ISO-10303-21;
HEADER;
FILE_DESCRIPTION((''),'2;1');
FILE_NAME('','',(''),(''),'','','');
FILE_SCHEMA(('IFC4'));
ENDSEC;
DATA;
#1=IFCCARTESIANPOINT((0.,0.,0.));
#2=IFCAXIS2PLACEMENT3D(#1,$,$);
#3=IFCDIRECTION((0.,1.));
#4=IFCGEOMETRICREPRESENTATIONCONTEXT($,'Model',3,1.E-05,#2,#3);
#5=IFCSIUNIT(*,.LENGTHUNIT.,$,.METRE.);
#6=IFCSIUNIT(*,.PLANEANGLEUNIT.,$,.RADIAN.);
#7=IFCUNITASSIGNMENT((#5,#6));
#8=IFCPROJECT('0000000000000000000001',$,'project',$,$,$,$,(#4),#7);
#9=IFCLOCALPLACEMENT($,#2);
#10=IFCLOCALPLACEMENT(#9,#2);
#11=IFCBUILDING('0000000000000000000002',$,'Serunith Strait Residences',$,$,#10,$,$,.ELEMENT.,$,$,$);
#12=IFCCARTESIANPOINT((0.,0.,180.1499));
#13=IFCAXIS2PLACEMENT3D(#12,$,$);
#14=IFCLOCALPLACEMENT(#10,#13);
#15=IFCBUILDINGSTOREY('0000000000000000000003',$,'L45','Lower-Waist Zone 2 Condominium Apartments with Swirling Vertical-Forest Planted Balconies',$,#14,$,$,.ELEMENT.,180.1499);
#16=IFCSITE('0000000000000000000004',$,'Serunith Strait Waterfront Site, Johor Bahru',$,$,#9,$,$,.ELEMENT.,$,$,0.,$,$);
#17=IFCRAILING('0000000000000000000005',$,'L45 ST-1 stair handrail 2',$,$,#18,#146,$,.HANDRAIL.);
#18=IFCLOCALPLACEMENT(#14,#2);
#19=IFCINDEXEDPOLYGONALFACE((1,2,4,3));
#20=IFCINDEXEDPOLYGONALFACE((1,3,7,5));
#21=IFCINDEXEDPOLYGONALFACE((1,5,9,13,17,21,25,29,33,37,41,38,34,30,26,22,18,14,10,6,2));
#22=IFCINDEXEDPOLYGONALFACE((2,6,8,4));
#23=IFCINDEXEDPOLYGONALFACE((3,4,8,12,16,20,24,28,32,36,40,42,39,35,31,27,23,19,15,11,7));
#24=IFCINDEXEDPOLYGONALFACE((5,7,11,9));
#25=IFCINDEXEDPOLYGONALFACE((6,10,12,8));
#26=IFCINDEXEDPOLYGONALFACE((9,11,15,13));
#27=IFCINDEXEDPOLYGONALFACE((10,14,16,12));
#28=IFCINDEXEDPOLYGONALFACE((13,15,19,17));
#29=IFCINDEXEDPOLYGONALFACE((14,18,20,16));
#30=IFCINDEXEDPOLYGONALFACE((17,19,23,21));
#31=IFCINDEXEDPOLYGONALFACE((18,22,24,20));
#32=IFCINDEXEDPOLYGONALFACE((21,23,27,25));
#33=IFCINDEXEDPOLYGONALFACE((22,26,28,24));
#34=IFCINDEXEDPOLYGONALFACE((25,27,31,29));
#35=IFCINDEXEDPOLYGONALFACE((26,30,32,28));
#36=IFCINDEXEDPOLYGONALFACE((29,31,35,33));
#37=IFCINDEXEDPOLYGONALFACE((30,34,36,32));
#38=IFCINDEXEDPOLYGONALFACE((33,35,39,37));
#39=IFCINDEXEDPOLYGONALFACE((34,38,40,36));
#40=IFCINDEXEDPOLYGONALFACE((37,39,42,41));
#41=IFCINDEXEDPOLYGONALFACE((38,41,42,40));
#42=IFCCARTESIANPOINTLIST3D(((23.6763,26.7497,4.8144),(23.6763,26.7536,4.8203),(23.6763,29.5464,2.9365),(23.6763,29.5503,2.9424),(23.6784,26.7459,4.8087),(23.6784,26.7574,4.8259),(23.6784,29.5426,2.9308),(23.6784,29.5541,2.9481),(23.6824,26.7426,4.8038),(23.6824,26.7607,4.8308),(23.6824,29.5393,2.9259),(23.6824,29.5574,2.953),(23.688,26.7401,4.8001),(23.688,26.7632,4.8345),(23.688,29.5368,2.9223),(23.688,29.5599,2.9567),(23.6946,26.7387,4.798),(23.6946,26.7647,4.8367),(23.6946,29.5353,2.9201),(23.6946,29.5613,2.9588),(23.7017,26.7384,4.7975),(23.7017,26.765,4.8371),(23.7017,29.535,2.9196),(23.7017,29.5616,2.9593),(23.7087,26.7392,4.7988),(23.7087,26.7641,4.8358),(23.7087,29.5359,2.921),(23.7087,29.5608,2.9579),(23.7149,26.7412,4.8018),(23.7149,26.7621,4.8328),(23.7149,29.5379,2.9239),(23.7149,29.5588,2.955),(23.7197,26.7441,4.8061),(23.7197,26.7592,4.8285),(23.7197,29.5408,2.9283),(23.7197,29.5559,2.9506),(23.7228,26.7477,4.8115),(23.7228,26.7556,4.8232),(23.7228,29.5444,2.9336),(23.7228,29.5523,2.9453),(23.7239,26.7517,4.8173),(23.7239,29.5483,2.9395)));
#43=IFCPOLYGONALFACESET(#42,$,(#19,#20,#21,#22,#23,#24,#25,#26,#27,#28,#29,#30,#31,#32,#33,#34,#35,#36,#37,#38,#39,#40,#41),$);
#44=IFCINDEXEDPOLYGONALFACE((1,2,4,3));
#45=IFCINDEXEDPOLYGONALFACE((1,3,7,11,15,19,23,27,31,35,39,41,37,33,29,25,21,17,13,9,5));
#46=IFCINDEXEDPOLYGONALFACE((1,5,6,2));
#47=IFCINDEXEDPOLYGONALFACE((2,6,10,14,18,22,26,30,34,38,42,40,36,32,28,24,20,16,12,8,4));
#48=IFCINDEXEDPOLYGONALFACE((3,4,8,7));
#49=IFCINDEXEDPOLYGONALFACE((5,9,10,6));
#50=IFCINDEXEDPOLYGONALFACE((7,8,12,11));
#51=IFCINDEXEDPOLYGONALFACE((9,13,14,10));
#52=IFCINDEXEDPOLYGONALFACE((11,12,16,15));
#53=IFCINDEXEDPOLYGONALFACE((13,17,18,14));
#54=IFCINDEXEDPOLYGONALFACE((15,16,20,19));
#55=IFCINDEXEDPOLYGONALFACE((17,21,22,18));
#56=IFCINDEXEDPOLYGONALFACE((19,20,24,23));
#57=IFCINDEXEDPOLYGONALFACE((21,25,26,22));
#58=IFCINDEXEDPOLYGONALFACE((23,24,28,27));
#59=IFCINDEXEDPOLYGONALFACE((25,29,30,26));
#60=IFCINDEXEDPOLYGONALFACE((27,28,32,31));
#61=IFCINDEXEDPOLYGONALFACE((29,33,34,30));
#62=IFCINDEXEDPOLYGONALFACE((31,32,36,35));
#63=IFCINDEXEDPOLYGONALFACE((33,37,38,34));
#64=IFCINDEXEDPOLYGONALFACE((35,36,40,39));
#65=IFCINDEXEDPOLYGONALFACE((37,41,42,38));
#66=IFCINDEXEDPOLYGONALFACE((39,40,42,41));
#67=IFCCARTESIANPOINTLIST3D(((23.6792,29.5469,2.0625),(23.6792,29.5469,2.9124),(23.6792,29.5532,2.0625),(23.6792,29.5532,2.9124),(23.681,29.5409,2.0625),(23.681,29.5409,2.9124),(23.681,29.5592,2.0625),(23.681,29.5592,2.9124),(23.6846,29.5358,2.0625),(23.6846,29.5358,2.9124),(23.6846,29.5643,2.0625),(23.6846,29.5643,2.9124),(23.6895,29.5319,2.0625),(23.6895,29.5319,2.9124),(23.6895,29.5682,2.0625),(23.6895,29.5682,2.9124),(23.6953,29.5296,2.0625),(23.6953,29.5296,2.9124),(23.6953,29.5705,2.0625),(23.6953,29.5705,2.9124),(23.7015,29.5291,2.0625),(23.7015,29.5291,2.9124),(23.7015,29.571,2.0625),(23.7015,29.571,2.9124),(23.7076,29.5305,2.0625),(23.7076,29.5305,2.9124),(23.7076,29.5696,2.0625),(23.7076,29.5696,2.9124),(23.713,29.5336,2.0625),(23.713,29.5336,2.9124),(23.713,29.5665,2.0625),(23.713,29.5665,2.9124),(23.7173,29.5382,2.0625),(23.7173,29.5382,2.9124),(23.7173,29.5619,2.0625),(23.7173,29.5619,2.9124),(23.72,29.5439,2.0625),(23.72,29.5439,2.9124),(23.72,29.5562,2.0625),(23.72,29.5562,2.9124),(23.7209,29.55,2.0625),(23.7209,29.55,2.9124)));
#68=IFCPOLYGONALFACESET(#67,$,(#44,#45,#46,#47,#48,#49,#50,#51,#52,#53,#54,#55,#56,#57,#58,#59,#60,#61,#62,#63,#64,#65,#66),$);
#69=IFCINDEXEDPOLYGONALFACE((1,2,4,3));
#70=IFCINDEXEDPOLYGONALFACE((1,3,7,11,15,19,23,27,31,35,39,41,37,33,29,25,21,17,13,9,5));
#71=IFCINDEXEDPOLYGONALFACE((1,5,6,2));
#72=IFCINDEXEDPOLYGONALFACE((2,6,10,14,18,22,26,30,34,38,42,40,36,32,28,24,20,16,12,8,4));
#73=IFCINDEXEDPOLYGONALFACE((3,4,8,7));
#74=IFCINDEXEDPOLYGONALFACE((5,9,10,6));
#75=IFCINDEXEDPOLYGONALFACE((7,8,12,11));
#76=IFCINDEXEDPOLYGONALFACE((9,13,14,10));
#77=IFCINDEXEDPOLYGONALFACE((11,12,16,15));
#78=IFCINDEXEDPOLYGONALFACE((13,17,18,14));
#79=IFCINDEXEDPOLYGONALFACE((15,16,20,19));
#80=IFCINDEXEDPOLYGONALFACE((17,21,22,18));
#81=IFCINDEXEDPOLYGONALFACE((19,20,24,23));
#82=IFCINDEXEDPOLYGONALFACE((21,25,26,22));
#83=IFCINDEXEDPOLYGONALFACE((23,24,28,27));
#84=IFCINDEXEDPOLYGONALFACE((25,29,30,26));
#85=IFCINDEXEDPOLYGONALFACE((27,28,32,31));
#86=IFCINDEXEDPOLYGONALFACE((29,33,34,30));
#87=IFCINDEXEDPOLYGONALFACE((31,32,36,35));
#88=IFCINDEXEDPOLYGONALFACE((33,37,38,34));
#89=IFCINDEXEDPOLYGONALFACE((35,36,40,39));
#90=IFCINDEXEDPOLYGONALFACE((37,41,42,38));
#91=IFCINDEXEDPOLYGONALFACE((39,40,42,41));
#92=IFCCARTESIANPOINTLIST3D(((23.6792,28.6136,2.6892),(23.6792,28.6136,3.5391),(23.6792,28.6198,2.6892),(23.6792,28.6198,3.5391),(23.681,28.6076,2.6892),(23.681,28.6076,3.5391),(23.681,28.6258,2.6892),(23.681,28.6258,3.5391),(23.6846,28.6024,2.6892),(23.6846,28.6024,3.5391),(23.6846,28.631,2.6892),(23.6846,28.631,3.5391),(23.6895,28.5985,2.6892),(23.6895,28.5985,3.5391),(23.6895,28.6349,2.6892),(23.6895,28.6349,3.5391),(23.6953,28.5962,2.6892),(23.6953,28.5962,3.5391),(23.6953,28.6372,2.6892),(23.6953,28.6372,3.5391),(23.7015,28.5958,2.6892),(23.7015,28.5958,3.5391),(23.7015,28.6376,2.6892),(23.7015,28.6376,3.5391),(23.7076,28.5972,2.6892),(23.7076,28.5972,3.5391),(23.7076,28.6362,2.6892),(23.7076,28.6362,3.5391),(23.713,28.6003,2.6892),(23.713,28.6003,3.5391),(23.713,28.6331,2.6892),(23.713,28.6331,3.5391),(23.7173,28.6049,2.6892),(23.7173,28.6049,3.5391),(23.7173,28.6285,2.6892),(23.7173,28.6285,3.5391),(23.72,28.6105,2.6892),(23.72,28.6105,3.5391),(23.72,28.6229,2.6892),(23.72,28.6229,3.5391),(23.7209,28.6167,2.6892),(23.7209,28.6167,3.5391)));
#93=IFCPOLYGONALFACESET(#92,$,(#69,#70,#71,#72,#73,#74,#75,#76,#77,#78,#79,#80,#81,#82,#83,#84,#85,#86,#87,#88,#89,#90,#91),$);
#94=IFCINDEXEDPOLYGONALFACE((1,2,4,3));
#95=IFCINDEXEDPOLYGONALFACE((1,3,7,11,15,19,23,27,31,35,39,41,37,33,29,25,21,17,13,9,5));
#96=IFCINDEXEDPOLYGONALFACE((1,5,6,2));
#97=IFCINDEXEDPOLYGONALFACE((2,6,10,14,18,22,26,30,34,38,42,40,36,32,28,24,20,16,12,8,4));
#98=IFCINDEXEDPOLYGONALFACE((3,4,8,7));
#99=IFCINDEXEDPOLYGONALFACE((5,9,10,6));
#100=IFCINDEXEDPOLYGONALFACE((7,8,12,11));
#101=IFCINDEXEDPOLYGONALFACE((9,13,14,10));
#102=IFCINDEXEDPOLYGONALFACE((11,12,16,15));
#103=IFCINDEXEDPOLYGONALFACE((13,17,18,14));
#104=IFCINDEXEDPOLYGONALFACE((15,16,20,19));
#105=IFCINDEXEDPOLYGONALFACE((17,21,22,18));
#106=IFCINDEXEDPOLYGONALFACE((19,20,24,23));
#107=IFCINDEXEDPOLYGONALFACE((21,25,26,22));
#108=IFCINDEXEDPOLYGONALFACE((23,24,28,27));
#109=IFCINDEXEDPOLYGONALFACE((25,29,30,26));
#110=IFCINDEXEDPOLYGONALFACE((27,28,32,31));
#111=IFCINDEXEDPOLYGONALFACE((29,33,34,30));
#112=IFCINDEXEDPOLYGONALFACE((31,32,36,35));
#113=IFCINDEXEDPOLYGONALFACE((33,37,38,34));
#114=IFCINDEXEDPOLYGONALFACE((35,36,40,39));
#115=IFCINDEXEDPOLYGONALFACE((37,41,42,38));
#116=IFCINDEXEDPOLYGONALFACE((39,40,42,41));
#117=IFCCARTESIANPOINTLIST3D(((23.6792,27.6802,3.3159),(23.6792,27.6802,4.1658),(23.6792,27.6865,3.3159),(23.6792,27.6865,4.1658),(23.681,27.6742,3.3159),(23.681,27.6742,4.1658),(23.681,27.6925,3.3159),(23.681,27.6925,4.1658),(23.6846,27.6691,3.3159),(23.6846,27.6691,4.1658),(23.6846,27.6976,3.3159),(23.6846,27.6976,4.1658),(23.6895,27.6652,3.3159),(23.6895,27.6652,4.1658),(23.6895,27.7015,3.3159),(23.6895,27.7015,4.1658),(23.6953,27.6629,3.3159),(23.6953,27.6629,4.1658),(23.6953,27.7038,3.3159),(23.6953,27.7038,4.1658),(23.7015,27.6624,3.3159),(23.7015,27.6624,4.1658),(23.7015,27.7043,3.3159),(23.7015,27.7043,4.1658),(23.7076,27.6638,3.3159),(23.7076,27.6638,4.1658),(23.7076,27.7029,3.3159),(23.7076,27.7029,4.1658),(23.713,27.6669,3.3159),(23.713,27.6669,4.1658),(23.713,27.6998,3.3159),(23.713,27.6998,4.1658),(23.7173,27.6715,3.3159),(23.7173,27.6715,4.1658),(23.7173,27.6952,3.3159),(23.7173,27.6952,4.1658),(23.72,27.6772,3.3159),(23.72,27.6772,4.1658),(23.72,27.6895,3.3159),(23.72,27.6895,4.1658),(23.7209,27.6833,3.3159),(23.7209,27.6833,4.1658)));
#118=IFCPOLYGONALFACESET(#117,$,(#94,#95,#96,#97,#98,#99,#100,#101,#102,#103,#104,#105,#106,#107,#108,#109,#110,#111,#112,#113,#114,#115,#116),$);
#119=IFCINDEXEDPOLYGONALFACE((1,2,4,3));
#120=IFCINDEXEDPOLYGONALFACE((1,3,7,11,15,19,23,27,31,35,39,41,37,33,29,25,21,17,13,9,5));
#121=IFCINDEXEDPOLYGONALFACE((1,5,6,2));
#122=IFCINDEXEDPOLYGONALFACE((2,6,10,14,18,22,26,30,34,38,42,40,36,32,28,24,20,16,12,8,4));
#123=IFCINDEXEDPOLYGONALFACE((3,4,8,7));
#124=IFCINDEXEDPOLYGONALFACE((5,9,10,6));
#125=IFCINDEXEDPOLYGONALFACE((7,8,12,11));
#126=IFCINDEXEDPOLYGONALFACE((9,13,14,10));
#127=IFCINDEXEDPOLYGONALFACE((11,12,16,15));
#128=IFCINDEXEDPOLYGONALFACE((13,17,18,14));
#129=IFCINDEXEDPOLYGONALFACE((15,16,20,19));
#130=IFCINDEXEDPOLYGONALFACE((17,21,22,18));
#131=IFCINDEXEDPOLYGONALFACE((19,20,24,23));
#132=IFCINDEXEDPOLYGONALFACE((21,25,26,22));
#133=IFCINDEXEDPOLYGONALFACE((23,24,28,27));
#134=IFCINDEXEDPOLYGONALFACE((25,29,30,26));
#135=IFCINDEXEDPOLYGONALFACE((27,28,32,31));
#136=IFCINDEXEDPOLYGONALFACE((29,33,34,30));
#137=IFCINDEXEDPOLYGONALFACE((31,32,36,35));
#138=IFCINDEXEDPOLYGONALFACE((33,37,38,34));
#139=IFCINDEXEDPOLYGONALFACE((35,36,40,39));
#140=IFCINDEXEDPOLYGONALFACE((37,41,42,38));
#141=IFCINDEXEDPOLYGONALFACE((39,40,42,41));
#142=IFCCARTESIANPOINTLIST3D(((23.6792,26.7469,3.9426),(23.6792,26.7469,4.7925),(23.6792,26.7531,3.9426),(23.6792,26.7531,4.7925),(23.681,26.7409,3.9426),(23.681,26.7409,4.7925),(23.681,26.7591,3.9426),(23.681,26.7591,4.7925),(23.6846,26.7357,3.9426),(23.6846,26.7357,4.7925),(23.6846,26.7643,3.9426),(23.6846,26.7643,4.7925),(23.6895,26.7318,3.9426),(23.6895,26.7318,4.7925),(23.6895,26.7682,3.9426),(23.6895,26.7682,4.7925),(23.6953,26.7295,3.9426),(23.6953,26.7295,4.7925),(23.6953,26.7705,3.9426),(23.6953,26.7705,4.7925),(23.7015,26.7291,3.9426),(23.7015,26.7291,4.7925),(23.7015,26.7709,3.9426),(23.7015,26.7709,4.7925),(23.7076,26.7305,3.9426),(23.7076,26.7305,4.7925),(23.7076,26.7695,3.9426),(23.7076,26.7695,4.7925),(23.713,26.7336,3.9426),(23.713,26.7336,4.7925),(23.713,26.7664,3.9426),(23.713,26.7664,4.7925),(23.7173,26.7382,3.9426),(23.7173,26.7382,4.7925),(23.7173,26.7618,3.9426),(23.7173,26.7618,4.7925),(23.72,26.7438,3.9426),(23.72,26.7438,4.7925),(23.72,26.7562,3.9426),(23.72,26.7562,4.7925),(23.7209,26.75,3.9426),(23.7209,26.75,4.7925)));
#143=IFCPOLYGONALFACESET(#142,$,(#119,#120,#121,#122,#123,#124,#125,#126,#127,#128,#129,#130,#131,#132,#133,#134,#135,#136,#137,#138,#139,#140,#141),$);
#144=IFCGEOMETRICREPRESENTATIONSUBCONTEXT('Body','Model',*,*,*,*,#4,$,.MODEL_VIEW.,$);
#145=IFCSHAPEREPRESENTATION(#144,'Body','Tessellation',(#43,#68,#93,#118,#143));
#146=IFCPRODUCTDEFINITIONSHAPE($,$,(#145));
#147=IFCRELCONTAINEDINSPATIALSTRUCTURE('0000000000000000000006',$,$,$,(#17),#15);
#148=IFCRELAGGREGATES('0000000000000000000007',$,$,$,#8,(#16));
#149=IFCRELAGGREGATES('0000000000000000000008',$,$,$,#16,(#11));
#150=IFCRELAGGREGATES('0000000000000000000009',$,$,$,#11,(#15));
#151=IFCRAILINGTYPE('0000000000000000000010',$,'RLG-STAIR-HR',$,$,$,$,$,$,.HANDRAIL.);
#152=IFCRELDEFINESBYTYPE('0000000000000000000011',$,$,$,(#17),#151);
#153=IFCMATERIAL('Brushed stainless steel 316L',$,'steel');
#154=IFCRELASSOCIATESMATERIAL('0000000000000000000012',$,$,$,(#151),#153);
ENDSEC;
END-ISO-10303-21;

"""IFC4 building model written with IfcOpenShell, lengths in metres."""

from ifc_helpers import new_model, si_unit, direction, frame, origin, origin_2d, place, context, subcontext, project, spatial, circle, extrude, material, type_object, element, save


model = new_model("IFC4")

# Units and contexts
model_context = context("Model", 3, precision=1e-05, world=origin(), true_north=direction((0.0, 1.0)))
body_context = subcontext(model_context, "Body", "Model", "MODEL_VIEW")
ifc_project = project(units=[si_unit("LENGTHUNIT", "METRE"), si_unit("PLANEANGLEUNIT", "RADIAN")], contexts=[model_context])

# Site, building, storey
site_placement = place(None, origin())
site = spatial("IfcSite", under=ifc_project, at=site_placement, Name="Serunith Strait Waterfront Site, Johor Bahru", CompositionType="ELEMENT", RefElevation=0.0)
building_placement = place(site_placement, origin())
building = spatial("IfcBuilding", under=site, at=building_placement, Name="Serunith Strait Residences", CompositionType="ELEMENT")
storey_placement = place(building_placement, frame((0.0, 0.0, 180.1499)))
storey = spatial("IfcBuildingStorey", under=building, at=storey_placement, Name="L45", Description="Lower-Waist Zone 2 Condominium Apartments with Swirling Vertical-Forest Planted Balconies", CompositionType="ELEMENT", Elevation=180.1499)

# Railing
ifc_material_1 = material(Name="Brushed stainless steel 316L", Category="steel")
railing_type_1 = type_object("IfcRailingType", Name="RLG-STAIR-HR", PredefinedType="HANDRAIL", material=ifc_material_1)
railing_1_placement = place(storey_placement, frame((23.7, 29.55, 2.0625)))
element("IfcRailing", 1, at=railing_1_placement, inside=storey, type_object=railing_type_1, Name="L45 ST-1 stair handrail 2", PredefinedType="HANDRAIL", context=body_context, shape_type="SweptSolid", body=[
    extrude(circle(Radius=0.0239, at=origin_2d()), frame((0.0, -0.0017, 0.877), z_axis=(0.0, -0.830208, 0.557453), x_axis=(1.0, 0.0, 0.0)), (0.0, 0.0, 1.0), 3.3687),
    extrude(circle(Radius=0.021, at=origin_2d()), origin(), (0.0, 0.0, 1.0), 0.8499),
    extrude(circle(Radius=0.021, at=origin_2d()), frame((0.0, -0.9333, 0.6267)), (0.0, 0.0, 1.0), 0.8499),
    extrude(circle(Radius=0.021, at=origin_2d()), frame((0.0, -1.8667, 1.2534)), (0.0, 0.0, 1.0), 0.8499),
    extrude(circle(Radius=0.021, at=origin_2d()), frame((0.0, -2.8, 1.8801)), (0.0, 0.0, 1.0), 0.8499),
])

save(model, "model.ifc")
